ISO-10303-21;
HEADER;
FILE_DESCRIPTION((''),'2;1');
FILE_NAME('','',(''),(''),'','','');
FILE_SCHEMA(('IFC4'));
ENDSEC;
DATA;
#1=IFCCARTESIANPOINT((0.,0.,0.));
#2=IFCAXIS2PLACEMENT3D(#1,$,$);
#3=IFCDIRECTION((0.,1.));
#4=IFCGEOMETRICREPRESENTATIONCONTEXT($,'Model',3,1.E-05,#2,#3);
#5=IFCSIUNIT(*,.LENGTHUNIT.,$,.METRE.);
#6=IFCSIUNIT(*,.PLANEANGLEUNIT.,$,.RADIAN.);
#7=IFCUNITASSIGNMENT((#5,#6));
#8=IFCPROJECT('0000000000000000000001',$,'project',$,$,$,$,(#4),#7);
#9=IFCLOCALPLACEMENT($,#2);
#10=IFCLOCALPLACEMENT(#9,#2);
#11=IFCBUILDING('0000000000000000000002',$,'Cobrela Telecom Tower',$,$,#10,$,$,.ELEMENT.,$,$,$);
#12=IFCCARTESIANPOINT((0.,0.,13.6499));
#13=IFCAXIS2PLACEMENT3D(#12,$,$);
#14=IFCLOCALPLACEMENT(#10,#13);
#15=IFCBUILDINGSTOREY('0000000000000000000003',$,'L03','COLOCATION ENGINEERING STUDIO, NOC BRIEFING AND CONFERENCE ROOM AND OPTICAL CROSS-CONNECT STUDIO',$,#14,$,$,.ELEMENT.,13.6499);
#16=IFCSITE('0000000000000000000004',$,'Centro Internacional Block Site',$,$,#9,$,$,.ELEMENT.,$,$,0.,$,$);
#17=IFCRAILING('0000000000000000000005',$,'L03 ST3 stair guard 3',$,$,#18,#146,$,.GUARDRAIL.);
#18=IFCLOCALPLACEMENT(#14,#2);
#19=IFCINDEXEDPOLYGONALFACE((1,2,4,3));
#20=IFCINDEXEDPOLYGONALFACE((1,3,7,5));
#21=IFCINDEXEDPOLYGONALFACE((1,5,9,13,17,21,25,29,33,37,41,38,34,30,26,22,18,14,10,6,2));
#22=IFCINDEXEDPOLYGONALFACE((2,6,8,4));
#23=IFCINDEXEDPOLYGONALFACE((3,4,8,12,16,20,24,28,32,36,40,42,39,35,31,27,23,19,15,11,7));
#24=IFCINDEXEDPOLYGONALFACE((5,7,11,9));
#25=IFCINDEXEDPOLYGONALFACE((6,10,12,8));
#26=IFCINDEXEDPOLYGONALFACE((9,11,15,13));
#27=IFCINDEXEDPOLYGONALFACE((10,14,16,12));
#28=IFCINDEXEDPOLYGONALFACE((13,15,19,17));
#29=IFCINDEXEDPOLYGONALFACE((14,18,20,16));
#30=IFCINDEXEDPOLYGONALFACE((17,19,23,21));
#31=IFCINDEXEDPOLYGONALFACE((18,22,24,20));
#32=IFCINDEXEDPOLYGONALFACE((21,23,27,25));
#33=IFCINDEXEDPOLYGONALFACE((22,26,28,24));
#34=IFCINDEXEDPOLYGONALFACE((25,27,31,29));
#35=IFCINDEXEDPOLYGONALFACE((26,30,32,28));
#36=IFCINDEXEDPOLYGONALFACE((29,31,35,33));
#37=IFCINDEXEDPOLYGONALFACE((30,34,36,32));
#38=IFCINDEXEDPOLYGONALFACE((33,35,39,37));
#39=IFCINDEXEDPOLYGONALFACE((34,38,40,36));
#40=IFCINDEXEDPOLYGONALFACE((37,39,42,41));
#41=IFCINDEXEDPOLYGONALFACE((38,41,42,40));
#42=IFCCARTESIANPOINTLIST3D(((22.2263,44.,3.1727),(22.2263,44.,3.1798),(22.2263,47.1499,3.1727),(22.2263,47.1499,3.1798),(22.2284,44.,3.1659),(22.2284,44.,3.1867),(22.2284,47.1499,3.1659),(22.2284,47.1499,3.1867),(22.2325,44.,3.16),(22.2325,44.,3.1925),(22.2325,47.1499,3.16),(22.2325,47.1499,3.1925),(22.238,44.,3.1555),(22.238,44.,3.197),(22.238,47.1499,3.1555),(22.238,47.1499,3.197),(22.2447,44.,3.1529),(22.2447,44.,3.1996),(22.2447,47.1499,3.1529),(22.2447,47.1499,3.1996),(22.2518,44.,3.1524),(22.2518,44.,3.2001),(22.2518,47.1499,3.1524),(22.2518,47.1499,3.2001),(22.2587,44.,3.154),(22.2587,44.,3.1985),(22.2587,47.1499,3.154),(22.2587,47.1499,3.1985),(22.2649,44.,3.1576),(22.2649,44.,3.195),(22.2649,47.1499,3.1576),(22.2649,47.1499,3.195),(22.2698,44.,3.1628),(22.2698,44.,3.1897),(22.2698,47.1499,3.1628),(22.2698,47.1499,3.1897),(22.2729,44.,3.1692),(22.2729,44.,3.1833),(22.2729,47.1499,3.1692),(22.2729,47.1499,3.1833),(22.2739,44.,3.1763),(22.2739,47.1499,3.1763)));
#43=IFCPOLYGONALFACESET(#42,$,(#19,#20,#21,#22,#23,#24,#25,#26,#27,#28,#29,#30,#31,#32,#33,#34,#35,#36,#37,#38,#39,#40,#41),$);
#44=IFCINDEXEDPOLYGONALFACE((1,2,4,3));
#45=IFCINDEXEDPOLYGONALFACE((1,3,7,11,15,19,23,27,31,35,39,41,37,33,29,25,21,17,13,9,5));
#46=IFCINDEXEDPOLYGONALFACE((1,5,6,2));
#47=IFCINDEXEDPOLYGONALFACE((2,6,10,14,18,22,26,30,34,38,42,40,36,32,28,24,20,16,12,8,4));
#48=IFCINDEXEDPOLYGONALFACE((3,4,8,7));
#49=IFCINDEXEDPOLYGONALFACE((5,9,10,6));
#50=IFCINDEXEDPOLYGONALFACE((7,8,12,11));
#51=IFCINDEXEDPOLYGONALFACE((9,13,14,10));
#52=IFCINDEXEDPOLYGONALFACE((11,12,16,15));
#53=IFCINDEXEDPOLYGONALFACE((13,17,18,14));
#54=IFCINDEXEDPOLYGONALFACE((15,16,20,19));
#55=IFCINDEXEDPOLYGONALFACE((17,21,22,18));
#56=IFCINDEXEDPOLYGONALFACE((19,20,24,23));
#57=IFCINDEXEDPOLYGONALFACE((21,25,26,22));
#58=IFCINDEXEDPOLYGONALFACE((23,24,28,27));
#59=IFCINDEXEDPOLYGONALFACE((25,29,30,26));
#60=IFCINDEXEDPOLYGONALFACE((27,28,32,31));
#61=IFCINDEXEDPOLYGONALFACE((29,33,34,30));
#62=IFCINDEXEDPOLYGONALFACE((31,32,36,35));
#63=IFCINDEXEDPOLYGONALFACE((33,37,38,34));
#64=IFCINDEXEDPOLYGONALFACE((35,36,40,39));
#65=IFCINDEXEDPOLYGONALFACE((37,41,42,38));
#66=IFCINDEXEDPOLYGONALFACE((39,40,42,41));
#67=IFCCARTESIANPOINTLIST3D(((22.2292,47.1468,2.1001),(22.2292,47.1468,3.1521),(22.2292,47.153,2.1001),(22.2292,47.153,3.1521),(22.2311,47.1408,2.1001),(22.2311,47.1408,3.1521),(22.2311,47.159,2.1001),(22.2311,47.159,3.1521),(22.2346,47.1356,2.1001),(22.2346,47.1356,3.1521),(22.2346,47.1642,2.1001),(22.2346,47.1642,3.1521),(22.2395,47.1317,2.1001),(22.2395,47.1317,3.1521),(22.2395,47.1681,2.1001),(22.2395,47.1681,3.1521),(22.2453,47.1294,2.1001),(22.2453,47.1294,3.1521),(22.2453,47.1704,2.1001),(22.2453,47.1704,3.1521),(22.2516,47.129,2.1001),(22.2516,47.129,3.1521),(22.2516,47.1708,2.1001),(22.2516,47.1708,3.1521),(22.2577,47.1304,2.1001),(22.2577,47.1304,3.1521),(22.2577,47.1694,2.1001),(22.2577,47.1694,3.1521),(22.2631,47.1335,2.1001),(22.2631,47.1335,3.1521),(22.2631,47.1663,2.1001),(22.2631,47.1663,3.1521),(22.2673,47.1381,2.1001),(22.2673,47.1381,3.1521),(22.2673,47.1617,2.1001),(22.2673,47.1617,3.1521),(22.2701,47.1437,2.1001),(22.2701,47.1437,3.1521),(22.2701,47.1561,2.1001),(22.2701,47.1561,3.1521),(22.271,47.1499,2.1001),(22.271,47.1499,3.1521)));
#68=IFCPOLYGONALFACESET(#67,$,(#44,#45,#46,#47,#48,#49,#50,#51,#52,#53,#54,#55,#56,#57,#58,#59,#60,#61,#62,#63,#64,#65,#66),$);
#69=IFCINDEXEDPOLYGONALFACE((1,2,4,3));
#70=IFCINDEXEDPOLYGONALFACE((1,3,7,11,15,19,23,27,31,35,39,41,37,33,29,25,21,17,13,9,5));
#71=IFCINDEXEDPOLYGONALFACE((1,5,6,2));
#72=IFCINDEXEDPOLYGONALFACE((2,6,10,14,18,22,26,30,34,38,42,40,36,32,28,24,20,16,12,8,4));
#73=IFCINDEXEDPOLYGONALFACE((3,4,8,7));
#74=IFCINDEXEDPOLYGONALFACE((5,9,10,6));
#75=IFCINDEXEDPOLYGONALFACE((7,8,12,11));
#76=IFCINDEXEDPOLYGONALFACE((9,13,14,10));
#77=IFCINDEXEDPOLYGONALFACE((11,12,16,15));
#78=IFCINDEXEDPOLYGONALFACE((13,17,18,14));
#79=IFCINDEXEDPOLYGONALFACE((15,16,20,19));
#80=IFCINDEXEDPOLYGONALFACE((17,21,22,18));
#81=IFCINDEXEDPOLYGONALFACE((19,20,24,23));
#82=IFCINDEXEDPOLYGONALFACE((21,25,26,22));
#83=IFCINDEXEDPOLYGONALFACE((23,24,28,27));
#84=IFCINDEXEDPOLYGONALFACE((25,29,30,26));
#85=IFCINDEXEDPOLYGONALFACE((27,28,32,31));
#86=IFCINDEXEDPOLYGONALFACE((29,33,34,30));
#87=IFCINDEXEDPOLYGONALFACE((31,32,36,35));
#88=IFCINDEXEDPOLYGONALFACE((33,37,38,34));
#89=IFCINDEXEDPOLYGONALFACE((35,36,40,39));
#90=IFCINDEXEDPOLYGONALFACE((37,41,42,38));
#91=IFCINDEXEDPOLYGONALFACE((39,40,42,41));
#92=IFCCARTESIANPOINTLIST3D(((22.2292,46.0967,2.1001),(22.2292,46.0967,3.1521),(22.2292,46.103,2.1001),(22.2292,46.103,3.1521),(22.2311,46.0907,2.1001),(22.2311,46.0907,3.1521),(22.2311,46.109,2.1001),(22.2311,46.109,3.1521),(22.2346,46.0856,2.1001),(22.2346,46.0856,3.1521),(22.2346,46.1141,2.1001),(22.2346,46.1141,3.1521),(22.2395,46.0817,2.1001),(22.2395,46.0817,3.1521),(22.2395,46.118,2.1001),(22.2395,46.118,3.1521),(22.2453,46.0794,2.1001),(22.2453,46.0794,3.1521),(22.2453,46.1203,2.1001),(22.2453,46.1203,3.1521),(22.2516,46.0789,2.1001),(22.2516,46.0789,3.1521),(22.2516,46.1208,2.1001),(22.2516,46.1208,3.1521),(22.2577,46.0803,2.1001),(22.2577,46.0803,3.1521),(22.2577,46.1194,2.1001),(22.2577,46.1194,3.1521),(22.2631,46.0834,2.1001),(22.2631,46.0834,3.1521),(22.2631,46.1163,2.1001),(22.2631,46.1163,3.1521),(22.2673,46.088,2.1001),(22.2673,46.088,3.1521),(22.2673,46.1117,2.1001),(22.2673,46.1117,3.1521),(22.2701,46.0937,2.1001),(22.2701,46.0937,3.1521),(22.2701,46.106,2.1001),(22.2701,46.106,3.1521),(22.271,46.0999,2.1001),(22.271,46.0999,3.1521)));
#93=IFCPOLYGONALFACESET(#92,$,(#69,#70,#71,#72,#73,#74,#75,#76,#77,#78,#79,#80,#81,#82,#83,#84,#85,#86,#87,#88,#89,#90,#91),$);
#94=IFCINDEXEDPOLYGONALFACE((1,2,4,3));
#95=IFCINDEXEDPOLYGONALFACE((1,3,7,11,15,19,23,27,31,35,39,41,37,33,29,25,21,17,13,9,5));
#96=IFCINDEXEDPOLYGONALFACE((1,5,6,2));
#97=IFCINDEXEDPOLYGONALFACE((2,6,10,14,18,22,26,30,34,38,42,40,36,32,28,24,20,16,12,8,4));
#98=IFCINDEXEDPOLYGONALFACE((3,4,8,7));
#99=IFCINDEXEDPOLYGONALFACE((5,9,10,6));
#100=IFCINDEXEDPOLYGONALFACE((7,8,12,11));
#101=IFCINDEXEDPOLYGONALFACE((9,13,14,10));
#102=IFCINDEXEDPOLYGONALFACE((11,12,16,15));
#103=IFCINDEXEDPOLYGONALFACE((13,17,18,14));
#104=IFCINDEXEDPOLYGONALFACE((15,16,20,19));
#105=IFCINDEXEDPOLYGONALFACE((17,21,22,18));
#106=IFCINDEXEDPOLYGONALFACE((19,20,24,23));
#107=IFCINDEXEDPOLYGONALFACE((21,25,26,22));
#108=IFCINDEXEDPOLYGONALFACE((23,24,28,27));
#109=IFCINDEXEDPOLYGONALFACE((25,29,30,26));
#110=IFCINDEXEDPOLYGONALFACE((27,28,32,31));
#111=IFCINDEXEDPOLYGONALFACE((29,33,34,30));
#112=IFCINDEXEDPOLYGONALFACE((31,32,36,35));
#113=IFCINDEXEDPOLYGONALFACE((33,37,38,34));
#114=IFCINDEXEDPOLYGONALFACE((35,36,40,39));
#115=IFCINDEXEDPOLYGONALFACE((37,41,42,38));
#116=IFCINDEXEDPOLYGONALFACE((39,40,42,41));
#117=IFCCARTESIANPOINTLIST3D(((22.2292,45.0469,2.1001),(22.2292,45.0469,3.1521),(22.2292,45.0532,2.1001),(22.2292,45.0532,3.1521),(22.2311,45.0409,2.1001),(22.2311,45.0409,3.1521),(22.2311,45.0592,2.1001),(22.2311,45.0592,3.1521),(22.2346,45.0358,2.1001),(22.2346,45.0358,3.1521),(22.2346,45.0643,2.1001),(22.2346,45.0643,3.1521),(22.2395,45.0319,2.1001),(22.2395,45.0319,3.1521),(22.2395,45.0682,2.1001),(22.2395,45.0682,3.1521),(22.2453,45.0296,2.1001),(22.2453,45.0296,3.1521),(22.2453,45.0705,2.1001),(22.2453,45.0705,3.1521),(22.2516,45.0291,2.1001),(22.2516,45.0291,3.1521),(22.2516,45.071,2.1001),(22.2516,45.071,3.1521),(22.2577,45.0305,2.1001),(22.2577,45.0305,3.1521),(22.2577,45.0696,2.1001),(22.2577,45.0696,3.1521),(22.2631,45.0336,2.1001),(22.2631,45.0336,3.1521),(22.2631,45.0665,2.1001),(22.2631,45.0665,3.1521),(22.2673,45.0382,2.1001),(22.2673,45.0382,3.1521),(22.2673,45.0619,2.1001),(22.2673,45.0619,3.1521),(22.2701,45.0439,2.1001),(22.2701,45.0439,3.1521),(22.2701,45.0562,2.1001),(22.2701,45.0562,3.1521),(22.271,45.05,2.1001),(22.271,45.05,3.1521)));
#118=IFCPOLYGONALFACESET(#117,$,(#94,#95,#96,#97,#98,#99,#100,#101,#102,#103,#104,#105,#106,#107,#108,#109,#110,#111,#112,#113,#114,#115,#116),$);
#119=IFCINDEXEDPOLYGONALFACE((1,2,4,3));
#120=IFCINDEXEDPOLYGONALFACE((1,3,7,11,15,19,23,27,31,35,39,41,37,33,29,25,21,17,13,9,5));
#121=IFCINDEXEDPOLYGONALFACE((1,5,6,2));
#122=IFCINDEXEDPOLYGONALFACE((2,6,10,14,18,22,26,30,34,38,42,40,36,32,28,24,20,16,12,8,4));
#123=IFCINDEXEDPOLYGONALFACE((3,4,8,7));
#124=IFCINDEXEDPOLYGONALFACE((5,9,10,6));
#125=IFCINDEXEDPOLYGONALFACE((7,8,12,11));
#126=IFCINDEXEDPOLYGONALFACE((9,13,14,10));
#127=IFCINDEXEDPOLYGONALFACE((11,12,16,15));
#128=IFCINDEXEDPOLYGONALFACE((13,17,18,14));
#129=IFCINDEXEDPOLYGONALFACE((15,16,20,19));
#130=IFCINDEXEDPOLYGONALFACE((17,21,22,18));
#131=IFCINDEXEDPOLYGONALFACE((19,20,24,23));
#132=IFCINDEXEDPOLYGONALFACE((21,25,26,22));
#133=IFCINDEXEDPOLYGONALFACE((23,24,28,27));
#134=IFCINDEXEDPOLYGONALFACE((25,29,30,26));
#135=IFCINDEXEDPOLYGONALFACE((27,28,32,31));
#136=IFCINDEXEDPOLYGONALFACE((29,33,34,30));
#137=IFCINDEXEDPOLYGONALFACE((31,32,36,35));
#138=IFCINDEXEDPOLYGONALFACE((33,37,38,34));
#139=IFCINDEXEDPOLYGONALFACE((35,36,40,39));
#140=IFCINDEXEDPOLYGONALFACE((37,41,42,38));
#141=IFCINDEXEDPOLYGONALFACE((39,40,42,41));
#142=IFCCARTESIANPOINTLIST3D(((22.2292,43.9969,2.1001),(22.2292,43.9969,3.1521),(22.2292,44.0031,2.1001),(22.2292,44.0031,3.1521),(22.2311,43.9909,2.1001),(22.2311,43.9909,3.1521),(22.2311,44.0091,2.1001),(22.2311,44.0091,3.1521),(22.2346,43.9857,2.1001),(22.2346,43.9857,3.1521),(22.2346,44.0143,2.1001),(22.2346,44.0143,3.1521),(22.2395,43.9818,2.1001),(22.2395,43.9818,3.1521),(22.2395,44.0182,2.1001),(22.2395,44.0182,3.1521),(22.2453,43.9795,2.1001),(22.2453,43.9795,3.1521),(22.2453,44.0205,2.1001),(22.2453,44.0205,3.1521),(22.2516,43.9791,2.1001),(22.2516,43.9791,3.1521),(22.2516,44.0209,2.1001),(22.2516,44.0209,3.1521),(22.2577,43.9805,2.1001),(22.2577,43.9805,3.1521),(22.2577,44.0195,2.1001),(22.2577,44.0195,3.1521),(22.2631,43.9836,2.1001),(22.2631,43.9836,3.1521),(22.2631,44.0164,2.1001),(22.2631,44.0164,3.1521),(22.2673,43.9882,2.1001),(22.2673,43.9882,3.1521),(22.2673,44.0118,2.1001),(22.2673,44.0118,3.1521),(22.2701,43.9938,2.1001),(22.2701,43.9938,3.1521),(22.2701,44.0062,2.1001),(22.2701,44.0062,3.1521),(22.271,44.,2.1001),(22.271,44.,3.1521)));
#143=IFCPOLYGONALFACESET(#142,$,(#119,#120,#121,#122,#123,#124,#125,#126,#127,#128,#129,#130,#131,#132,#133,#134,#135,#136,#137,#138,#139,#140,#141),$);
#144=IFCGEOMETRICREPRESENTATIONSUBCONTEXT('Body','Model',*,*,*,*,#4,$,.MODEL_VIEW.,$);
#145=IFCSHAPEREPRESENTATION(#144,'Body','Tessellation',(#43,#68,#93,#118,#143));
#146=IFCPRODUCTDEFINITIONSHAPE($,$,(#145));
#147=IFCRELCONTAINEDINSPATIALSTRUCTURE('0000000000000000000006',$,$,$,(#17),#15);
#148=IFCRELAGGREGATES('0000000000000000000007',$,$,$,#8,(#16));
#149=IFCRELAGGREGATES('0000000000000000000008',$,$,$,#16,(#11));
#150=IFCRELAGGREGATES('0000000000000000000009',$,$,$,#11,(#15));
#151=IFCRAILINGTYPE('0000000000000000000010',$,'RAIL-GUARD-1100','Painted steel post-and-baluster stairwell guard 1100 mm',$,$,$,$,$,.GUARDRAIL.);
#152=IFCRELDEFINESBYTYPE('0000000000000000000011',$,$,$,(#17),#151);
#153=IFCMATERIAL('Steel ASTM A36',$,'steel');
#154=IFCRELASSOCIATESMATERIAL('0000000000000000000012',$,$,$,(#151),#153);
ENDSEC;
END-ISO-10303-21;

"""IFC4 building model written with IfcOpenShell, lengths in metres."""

from ifc_helpers import new_model, si_unit, direction, frame, origin, origin_2d, place, context, subcontext, project, spatial, circle, extrude, material, type_object, element, save


model = new_model("IFC4")

# Units and contexts
model_context = context("Model", 3, precision=1e-05, world=origin(), true_north=direction((0.0, 1.0)))
body_context = subcontext(model_context, "Body", "Model", "MODEL_VIEW")
ifc_project = project(units=[si_unit("LENGTHUNIT", "METRE"), si_unit("PLANEANGLEUNIT", "RADIAN")], contexts=[model_context])

# Site, building, storey
site_placement = place(None, origin())
site = spatial("IfcSite", under=ifc_project, at=site_placement, Name="Centro Internacional Block Site", CompositionType="ELEMENT", RefElevation=0.0)
building_placement = place(site_placement, origin())
building = spatial("IfcBuilding", under=site, at=building_placement, Name="Cobrela Telecom Tower", CompositionType="ELEMENT")
storey_placement = place(building_placement, frame((0.0, 0.0, 13.6499)))
storey = spatial("IfcBuildingStorey", under=building, at=storey_placement, Name="L03", Description="COLOCATION ENGINEERING STUDIO, NOC BRIEFING AND CONFERENCE ROOM AND OPTICAL CROSS-CONNECT STUDIO", CompositionType="ELEMENT", Elevation=13.6499)

# Shared definitions
ifc_material_1 = material(Name="Steel ASTM A36", Category="steel")

# Railing
railing_type_1 = type_object("IfcRailingType", Name="RAIL-GUARD-1100", Description="Painted steel post-and-baluster stairwell guard 1100 mm", PredefinedType="GUARDRAIL", material=ifc_material_1)
railing_1_placement = place(storey_placement, frame((22.25, 47.1499, 2.1001)))
element("IfcRailing", 1, at=railing_1_placement, inside=storey, type_object=railing_type_1, Name="L03 ST3 stair guard 3", PredefinedType="GUARDRAIL", context=body_context, shape_type="SweptSolid", body=[
    extrude(circle(Radius=0.0239, at=origin_2d()), frame((0.0, 0.0, 1.0762), z_axis=(0.0, -1.0, 0.0), x_axis=(1.0, 0.0, 0.0)), (0.0, 0.0, 1.0), 3.1499),
    extrude(circle(Radius=0.021, at=origin_2d()), origin(), (0.0, 0.0, 1.0), 1.052),
    extrude(circle(Radius=0.021, at=origin_2d()), frame((0.0, -1.05, 0.0)), (0.0, 0.0, 1.0), 1.052),
    extrude(circle(Radius=0.021, at=origin_2d()), frame((0.0, -2.0999, 0.0)), (0.0, 0.0, 1.0), 1.052),
    extrude(circle(Radius=0.021, at=origin_2d()), frame((0.0, -3.1499, 0.0)), (0.0, 0.0, 1.0), 1.052),
])

save(model, "model.ifc")
